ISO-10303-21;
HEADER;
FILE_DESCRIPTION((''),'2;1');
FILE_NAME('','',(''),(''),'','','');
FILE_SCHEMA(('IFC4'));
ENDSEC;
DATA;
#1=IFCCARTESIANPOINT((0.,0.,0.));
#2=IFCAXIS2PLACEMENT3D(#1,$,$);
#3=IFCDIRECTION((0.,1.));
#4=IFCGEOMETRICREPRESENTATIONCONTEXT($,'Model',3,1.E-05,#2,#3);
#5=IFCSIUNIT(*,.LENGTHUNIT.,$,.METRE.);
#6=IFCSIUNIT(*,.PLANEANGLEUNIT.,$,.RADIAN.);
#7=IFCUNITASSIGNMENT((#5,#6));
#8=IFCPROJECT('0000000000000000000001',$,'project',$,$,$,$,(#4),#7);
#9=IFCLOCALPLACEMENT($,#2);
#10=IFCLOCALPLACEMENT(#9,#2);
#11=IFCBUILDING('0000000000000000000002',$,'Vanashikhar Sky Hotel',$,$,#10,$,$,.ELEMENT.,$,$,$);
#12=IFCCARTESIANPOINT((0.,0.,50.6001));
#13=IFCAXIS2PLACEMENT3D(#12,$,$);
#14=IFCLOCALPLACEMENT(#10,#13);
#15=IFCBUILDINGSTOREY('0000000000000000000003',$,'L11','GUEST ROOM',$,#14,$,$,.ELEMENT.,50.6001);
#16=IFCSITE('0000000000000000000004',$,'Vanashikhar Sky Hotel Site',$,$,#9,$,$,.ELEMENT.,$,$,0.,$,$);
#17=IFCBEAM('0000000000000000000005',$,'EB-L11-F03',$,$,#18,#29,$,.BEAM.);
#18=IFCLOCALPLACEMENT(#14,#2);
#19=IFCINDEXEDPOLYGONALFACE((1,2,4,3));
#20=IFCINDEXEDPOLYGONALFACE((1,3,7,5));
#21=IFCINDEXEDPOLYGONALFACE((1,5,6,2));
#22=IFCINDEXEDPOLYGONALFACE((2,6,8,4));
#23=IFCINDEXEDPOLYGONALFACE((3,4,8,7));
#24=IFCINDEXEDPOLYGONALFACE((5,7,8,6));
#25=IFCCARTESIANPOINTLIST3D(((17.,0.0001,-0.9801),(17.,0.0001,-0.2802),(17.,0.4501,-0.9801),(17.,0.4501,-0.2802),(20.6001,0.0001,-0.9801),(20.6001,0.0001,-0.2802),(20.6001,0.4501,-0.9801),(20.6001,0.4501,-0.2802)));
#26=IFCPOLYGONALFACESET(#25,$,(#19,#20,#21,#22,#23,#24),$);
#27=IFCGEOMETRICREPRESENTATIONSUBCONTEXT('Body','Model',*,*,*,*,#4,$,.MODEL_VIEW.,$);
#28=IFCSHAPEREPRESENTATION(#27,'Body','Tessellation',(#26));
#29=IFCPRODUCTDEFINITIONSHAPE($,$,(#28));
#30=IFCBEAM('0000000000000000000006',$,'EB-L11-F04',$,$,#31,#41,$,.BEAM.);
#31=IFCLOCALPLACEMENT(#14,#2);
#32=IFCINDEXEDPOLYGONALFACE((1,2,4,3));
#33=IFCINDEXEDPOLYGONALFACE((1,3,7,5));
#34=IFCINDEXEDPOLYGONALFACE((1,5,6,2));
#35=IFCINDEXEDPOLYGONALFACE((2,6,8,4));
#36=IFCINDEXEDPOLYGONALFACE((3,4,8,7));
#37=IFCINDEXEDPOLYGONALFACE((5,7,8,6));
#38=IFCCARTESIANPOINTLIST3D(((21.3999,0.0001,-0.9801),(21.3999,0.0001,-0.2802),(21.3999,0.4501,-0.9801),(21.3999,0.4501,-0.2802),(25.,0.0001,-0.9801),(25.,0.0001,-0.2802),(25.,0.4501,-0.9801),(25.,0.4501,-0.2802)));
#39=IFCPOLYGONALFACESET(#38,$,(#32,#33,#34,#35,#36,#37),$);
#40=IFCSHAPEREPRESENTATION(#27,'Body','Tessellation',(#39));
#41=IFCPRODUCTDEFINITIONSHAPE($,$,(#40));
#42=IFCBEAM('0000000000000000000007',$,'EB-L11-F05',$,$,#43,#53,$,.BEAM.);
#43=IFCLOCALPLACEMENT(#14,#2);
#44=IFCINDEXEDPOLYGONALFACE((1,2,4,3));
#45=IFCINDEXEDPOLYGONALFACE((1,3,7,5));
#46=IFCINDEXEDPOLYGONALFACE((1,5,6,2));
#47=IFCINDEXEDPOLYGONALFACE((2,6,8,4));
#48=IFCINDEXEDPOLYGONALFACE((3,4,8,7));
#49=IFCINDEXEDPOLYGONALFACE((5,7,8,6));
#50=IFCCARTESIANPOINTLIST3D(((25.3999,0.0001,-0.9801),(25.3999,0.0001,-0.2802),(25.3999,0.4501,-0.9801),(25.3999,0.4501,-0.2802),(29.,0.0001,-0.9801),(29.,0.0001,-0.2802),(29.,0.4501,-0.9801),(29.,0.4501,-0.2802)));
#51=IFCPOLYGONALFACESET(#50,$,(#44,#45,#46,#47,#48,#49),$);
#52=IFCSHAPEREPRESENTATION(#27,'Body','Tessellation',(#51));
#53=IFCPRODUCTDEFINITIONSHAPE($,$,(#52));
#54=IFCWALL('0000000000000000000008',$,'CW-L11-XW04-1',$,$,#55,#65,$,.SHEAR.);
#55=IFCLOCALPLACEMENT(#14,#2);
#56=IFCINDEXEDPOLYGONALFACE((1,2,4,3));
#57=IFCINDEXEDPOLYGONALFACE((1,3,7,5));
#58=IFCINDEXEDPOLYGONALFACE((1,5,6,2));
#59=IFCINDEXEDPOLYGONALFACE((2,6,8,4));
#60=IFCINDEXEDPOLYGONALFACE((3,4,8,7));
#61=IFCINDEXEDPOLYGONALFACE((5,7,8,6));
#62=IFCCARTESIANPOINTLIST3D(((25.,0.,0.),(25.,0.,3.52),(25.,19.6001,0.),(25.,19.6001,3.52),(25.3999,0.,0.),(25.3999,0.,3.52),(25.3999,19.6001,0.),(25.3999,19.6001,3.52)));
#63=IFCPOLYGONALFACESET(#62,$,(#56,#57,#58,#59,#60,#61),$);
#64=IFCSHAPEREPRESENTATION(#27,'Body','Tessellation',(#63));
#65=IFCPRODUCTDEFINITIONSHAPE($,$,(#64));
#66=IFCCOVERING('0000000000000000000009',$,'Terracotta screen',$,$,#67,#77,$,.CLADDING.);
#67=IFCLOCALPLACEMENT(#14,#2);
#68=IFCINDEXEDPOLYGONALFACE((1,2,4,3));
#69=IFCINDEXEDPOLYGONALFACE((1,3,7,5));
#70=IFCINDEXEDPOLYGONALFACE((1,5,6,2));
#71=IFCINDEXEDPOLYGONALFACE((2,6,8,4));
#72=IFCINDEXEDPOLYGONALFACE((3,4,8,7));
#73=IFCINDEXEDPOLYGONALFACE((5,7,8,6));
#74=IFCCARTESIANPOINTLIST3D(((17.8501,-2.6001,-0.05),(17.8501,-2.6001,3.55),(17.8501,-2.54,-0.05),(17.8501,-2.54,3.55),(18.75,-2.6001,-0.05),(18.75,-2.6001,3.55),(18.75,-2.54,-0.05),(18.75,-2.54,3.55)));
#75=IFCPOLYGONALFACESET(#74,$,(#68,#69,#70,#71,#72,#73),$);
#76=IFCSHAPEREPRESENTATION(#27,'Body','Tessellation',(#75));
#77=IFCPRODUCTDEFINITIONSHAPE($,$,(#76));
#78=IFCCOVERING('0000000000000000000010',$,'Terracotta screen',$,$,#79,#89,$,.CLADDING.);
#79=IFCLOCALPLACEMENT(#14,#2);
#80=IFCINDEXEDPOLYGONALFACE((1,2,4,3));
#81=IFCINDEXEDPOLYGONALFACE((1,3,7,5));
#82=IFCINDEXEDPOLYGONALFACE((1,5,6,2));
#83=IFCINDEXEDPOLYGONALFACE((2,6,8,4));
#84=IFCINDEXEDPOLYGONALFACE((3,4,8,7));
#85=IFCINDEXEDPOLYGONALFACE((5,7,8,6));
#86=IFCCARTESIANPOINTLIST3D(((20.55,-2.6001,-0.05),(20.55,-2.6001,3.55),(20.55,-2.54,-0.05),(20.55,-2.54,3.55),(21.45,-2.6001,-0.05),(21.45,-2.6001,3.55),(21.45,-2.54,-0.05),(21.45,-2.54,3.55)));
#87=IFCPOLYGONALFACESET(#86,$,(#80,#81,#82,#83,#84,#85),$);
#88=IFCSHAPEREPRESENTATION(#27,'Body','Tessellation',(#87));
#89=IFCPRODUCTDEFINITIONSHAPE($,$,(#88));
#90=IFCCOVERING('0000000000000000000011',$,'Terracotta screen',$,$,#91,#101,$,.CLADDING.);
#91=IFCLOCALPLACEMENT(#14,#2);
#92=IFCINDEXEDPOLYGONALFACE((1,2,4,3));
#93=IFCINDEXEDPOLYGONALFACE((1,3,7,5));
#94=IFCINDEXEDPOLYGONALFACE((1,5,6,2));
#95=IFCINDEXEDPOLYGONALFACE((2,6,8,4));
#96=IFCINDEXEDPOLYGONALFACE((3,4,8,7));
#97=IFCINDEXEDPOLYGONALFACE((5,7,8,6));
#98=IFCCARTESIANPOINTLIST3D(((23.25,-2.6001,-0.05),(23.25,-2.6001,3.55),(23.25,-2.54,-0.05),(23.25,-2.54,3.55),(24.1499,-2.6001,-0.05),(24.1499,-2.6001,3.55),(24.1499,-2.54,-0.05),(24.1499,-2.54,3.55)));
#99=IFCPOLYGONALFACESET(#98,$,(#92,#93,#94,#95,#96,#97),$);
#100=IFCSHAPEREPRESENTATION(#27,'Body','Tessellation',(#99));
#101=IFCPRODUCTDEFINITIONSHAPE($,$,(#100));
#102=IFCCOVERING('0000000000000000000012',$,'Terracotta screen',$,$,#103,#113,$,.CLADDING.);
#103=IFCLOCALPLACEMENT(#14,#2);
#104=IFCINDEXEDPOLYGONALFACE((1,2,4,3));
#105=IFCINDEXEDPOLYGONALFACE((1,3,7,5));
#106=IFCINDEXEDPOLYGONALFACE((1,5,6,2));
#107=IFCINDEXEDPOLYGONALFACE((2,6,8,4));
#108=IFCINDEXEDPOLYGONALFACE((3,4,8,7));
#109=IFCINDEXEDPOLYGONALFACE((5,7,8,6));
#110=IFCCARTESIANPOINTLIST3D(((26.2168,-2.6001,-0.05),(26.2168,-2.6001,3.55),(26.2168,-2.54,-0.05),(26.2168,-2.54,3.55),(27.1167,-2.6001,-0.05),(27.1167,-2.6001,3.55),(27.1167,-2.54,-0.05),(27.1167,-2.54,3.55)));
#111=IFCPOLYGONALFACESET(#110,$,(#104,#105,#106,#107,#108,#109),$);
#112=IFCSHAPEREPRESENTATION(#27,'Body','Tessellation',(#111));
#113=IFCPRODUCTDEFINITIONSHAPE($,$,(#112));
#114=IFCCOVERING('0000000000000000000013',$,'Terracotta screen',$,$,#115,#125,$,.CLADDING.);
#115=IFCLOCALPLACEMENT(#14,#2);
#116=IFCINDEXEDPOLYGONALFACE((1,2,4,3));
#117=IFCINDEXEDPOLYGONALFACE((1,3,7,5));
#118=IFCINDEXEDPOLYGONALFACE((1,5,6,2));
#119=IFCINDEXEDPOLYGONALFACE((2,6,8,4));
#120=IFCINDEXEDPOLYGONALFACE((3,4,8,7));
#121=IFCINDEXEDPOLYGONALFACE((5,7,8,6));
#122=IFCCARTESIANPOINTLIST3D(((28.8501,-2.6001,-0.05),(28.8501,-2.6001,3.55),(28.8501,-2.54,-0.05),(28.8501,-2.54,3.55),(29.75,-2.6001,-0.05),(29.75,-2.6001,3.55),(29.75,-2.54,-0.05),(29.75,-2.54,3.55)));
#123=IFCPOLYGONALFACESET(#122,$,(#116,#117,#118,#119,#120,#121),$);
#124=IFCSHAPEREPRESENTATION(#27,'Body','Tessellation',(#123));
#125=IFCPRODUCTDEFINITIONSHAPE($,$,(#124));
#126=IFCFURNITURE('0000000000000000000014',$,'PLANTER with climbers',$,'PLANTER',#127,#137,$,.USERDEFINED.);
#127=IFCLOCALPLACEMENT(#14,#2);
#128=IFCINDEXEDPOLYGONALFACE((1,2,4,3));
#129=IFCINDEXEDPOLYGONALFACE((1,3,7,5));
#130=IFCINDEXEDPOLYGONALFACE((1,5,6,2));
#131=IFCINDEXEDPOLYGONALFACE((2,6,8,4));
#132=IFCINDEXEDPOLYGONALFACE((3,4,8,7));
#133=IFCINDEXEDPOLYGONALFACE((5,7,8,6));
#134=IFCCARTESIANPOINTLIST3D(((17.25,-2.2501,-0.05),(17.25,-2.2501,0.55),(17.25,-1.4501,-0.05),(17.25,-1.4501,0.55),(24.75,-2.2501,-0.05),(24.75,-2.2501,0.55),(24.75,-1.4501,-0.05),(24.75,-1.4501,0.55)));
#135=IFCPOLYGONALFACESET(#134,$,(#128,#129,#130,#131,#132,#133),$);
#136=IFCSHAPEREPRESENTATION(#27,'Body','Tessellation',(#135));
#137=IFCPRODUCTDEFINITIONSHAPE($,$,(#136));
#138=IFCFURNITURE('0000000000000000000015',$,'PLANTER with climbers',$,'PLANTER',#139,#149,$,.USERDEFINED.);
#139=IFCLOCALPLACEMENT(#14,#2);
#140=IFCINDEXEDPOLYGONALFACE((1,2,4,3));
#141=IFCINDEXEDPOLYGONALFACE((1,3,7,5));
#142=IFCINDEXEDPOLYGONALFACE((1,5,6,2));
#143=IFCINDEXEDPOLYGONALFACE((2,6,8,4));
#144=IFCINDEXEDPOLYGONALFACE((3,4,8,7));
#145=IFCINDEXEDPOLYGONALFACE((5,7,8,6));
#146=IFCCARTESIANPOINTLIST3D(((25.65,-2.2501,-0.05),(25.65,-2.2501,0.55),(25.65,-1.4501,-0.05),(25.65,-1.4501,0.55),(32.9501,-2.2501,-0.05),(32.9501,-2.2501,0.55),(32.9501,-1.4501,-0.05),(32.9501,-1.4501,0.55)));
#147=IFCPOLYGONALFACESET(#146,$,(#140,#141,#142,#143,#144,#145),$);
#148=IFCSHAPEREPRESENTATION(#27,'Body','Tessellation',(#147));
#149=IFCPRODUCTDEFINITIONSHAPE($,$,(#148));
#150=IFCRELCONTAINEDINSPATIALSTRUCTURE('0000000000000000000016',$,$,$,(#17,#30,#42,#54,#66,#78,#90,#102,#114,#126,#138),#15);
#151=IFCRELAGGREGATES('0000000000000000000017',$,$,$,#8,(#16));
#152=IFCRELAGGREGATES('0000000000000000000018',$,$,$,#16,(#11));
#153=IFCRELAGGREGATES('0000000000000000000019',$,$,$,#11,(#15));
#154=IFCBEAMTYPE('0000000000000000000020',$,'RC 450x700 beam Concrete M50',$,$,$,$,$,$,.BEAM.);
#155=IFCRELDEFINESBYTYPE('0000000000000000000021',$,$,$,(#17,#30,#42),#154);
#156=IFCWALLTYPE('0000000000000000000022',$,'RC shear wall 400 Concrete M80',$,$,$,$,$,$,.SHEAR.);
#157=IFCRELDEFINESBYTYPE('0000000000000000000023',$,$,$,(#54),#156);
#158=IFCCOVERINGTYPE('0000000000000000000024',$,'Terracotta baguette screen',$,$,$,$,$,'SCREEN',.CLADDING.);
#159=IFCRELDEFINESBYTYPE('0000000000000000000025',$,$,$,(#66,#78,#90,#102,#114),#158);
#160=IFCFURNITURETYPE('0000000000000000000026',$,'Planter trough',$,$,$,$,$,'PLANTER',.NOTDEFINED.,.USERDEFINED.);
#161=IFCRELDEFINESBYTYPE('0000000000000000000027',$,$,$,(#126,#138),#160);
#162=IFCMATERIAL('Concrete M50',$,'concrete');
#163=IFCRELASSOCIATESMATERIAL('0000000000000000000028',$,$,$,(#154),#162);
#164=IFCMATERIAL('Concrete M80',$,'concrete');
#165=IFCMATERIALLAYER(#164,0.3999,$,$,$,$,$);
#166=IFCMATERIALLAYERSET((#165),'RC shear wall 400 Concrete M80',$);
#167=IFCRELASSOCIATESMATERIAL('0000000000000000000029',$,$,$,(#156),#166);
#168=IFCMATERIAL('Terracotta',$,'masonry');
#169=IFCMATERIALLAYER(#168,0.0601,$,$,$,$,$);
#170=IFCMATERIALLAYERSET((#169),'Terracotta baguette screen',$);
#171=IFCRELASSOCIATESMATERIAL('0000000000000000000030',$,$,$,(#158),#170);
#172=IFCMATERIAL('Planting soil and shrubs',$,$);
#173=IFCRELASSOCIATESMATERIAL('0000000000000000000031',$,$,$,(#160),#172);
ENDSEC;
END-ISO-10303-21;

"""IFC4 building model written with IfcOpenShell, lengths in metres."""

from ifc_helpers import new_model, si_unit, direction, frame, frame_2d, origin, origin_2d, place, context, subcontext, project, spatial, rectangle, extrude, source, transform, mapped, material, layer, layer_set, material_profile, profile_set, type_object, element, save


model = new_model("IFC4")

# Units and contexts
model_context = context("Model", 3, precision=1e-05, world=origin(), true_north=direction((0.0, 1.0)))
body_context = subcontext(model_context, "Body", "Model", "MODEL_VIEW")
ifc_project = project(units=[si_unit("LENGTHUNIT", "METRE"), si_unit("PLANEANGLEUNIT", "RADIAN")], contexts=[model_context])

# Site, building, storey
site_placement = place(None, origin())
site = spatial("IfcSite", under=ifc_project, at=site_placement, Name="Vanashikhar Sky Hotel Site", CompositionType="ELEMENT", RefElevation=0.0)
building_placement = place(site_placement, origin())
building = spatial("IfcBuilding", under=site, at=building_placement, Name="Vanashikhar Sky Hotel", CompositionType="ELEMENT")
storey_placement = place(building_placement, frame((0.0, 0.0, 50.6001)))
storey = spatial("IfcBuildingStorey", under=building, at=storey_placement, Name="L11", Description="GUEST ROOM", CompositionType="ELEMENT", Elevation=50.6001)

# Beams
ifc_material_1 = material(Name="Concrete M50", Category="concrete")
ifc_material_profile = material_profile(ifc_material_1, rectangle(XDim=0.45, YDim=0.7, at=origin_2d()))
ifc_profile_set = profile_set([ifc_material_profile], Name="RC 450x700 beam Concrete M50")
beam_type = type_object("IfcBeamType", Name="RC 450x700 beam Concrete M50", PredefinedType="BEAM", material=ifc_profile_set)
shared_shape_1 = source(origin(), body_context, "Body", "SweptSolid", [
    extrude(rectangle(XDim=0.45, YDim=0.7, at=origin_2d()), origin(), (0.0, 0.0, 1.0), 3.6001),
])
for number, where, z_axis, x_axis, name in (
    (1, (17.0, 0.2251, -0.6301), (1.0, 0.0, 0.0), (0.0, 1.0, 0.0), "EB-L11-F03"),
    (2, (21.3999, 0.2251, -0.6301), (1.0, 0.0, 0.0), (0.0, 1.0, 0.0), "EB-L11-F04"),
    (3, (25.3999, 0.2251, -0.6301), (1.0, 0.0, 0.0), (0.0, 1.0, 0.0), "EB-L11-F05"),
):
    element("IfcBeam", number, at=place(storey_placement, frame(where, z_axis=z_axis, x_axis=x_axis)), inside=storey, type_object=beam_type, Name=name, PredefinedType="BEAM", context=body_context, shape_type="MappedRepresentation", body=[
        mapped(shared_shape_1, transform((0.0, 0.0, 0.0), scale=1.0)),
    ])

# Wall
ifc_material_2 = material(Name="Concrete M80", Category="concrete")
ifc_layer_1 = layer(ifc_material_2, 0.3999)
ifc_layer_set_1 = layer_set([ifc_layer_1], Name="RC shear wall 400 Concrete M80")
wall_type_1 = type_object("IfcWallType", Name="RC shear wall 400 Concrete M80", PredefinedType="SHEAR", material=ifc_layer_set_1)
shared_shape_2 = source(origin(), body_context, "Body", "SweptSolid", [
    extrude(rectangle(XDim=19.6001, YDim=0.3999, at=frame_2d((9.8, 0.0))), origin(), (0.0, 0.0, 1.0), 3.52),
])
wall_1_placement = place(storey_placement, frame((25.2, 0.0, 0.0), z_axis=(0.0, 0.0, 1.0), x_axis=(0.0, 1.0, 0.0)))
element("IfcWall", 4, at=wall_1_placement, inside=storey, type_object=wall_type_1, Name="CW-L11-XW04-1", PredefinedType="SHEAR", context=body_context, shape_type="MappedRepresentation", body=[
    mapped(shared_shape_2, transform((0.0, 0.0, 0.0), scale=1.0)),
])

# Coverings
ifc_material_3 = material(Name="Terracotta", Category="masonry")
ifc_layer_2 = layer(ifc_material_3, 0.0601)
ifc_layer_set_2 = layer_set([ifc_layer_2], Name="Terracotta baguette screen")
covering_type = type_object("IfcCoveringType", Name="Terracotta baguette screen", ElementType="SCREEN", PredefinedType="CLADDING", material=ifc_layer_set_2)
shared_shape_3 = source(origin(), body_context, "Body", "SweptSolid", [
    extrude(rectangle(XDim=0.8999, YDim=0.0601, at=origin_2d()), origin(), (0.0, 0.0, 1.0), 3.6001),
])
for number, where, z_axis, x_axis, name in (
    (5, (18.3, -2.5701, -0.05), (0.0, 0.0, 1.0), (1.0, 0.0, 0.0), "Terracotta screen"),
    (6, (21.0, -2.5701, -0.05), (0.0, 0.0, 1.0), (1.0, 0.0, 0.0), "Terracotta screen"),
    (7, (23.7, -2.5701, -0.05), (0.0, 0.0, 1.0), (1.0, 0.0, 0.0), "Terracotta screen"),
    (8, (26.6667, -2.5701, -0.05), (0.0, 0.0, 1.0), (1.0, 0.0, 0.0), "Terracotta screen"),
    (9, (29.3, -2.5701, -0.05), (0.0, 0.0, 1.0), (1.0, 0.0, 0.0), "Terracotta screen"),
):
    element("IfcCovering", number, at=place(storey_placement, frame(where, z_axis=z_axis, x_axis=x_axis)), inside=storey, type_object=covering_type, Name=name, PredefinedType="CLADDING", context=body_context, shape_type="MappedRepresentation", body=[
        mapped(shared_shape_3, transform((0.0, 0.0, 0.0), scale=1.0)),
    ])

# Furniture
ifc_material_4 = material(Name="Planting soil and shrubs")
furniture_type = type_object("IfcFurnitureType", Name="Planter trough", ElementType="PLANTER", AssemblyPlace="NOTDEFINED", PredefinedType="USERDEFINED", material=ifc_material_4)
shared_shape_4 = source(origin(), body_context, "Body", "SweptSolid", [
    extrude(rectangle(XDim=7.5, YDim=0.8, at=origin_2d()), origin(), (0.0, 0.0, 1.0), 0.6001),
])
furniture_1_placement = place(storey_placement, frame((21.0, -1.8501, -0.05), z_axis=(0.0, 0.0, 1.0), x_axis=(1.0, 0.0, 0.0)))
element("IfcFurniture", 10, at=furniture_1_placement, inside=storey, type_object=furniture_type, Name="PLANTER with climbers", ObjectType="PLANTER", PredefinedType="USERDEFINED", context=body_context, shape_type="MappedRepresentation", body=[
    mapped(shared_shape_4, transform((0.0, 0.0, 0.0), scale=1.0)),
])
shared_shape_5 = source(origin(), body_context, "Body", "SweptSolid", [
    extrude(rectangle(XDim=7.3, YDim=0.8, at=origin_2d()), origin(), (0.0, 0.0, 1.0), 0.6001),
])
furniture_2_placement = place(storey_placement, frame((29.3, -1.8501, -0.05), z_axis=(0.0, 0.0, 1.0), x_axis=(1.0, 0.0, 0.0)))
element("IfcFurniture", 11, at=furniture_2_placement, inside=storey, type_object=furniture_type, Name="PLANTER with climbers", ObjectType="PLANTER", PredefinedType="USERDEFINED", context=body_context, shape_type="MappedRepresentation", body=[
    mapped(shared_shape_5, transform((0.0, 0.0, 0.0), scale=1.0)),
])

save(model, "model.ifc")
